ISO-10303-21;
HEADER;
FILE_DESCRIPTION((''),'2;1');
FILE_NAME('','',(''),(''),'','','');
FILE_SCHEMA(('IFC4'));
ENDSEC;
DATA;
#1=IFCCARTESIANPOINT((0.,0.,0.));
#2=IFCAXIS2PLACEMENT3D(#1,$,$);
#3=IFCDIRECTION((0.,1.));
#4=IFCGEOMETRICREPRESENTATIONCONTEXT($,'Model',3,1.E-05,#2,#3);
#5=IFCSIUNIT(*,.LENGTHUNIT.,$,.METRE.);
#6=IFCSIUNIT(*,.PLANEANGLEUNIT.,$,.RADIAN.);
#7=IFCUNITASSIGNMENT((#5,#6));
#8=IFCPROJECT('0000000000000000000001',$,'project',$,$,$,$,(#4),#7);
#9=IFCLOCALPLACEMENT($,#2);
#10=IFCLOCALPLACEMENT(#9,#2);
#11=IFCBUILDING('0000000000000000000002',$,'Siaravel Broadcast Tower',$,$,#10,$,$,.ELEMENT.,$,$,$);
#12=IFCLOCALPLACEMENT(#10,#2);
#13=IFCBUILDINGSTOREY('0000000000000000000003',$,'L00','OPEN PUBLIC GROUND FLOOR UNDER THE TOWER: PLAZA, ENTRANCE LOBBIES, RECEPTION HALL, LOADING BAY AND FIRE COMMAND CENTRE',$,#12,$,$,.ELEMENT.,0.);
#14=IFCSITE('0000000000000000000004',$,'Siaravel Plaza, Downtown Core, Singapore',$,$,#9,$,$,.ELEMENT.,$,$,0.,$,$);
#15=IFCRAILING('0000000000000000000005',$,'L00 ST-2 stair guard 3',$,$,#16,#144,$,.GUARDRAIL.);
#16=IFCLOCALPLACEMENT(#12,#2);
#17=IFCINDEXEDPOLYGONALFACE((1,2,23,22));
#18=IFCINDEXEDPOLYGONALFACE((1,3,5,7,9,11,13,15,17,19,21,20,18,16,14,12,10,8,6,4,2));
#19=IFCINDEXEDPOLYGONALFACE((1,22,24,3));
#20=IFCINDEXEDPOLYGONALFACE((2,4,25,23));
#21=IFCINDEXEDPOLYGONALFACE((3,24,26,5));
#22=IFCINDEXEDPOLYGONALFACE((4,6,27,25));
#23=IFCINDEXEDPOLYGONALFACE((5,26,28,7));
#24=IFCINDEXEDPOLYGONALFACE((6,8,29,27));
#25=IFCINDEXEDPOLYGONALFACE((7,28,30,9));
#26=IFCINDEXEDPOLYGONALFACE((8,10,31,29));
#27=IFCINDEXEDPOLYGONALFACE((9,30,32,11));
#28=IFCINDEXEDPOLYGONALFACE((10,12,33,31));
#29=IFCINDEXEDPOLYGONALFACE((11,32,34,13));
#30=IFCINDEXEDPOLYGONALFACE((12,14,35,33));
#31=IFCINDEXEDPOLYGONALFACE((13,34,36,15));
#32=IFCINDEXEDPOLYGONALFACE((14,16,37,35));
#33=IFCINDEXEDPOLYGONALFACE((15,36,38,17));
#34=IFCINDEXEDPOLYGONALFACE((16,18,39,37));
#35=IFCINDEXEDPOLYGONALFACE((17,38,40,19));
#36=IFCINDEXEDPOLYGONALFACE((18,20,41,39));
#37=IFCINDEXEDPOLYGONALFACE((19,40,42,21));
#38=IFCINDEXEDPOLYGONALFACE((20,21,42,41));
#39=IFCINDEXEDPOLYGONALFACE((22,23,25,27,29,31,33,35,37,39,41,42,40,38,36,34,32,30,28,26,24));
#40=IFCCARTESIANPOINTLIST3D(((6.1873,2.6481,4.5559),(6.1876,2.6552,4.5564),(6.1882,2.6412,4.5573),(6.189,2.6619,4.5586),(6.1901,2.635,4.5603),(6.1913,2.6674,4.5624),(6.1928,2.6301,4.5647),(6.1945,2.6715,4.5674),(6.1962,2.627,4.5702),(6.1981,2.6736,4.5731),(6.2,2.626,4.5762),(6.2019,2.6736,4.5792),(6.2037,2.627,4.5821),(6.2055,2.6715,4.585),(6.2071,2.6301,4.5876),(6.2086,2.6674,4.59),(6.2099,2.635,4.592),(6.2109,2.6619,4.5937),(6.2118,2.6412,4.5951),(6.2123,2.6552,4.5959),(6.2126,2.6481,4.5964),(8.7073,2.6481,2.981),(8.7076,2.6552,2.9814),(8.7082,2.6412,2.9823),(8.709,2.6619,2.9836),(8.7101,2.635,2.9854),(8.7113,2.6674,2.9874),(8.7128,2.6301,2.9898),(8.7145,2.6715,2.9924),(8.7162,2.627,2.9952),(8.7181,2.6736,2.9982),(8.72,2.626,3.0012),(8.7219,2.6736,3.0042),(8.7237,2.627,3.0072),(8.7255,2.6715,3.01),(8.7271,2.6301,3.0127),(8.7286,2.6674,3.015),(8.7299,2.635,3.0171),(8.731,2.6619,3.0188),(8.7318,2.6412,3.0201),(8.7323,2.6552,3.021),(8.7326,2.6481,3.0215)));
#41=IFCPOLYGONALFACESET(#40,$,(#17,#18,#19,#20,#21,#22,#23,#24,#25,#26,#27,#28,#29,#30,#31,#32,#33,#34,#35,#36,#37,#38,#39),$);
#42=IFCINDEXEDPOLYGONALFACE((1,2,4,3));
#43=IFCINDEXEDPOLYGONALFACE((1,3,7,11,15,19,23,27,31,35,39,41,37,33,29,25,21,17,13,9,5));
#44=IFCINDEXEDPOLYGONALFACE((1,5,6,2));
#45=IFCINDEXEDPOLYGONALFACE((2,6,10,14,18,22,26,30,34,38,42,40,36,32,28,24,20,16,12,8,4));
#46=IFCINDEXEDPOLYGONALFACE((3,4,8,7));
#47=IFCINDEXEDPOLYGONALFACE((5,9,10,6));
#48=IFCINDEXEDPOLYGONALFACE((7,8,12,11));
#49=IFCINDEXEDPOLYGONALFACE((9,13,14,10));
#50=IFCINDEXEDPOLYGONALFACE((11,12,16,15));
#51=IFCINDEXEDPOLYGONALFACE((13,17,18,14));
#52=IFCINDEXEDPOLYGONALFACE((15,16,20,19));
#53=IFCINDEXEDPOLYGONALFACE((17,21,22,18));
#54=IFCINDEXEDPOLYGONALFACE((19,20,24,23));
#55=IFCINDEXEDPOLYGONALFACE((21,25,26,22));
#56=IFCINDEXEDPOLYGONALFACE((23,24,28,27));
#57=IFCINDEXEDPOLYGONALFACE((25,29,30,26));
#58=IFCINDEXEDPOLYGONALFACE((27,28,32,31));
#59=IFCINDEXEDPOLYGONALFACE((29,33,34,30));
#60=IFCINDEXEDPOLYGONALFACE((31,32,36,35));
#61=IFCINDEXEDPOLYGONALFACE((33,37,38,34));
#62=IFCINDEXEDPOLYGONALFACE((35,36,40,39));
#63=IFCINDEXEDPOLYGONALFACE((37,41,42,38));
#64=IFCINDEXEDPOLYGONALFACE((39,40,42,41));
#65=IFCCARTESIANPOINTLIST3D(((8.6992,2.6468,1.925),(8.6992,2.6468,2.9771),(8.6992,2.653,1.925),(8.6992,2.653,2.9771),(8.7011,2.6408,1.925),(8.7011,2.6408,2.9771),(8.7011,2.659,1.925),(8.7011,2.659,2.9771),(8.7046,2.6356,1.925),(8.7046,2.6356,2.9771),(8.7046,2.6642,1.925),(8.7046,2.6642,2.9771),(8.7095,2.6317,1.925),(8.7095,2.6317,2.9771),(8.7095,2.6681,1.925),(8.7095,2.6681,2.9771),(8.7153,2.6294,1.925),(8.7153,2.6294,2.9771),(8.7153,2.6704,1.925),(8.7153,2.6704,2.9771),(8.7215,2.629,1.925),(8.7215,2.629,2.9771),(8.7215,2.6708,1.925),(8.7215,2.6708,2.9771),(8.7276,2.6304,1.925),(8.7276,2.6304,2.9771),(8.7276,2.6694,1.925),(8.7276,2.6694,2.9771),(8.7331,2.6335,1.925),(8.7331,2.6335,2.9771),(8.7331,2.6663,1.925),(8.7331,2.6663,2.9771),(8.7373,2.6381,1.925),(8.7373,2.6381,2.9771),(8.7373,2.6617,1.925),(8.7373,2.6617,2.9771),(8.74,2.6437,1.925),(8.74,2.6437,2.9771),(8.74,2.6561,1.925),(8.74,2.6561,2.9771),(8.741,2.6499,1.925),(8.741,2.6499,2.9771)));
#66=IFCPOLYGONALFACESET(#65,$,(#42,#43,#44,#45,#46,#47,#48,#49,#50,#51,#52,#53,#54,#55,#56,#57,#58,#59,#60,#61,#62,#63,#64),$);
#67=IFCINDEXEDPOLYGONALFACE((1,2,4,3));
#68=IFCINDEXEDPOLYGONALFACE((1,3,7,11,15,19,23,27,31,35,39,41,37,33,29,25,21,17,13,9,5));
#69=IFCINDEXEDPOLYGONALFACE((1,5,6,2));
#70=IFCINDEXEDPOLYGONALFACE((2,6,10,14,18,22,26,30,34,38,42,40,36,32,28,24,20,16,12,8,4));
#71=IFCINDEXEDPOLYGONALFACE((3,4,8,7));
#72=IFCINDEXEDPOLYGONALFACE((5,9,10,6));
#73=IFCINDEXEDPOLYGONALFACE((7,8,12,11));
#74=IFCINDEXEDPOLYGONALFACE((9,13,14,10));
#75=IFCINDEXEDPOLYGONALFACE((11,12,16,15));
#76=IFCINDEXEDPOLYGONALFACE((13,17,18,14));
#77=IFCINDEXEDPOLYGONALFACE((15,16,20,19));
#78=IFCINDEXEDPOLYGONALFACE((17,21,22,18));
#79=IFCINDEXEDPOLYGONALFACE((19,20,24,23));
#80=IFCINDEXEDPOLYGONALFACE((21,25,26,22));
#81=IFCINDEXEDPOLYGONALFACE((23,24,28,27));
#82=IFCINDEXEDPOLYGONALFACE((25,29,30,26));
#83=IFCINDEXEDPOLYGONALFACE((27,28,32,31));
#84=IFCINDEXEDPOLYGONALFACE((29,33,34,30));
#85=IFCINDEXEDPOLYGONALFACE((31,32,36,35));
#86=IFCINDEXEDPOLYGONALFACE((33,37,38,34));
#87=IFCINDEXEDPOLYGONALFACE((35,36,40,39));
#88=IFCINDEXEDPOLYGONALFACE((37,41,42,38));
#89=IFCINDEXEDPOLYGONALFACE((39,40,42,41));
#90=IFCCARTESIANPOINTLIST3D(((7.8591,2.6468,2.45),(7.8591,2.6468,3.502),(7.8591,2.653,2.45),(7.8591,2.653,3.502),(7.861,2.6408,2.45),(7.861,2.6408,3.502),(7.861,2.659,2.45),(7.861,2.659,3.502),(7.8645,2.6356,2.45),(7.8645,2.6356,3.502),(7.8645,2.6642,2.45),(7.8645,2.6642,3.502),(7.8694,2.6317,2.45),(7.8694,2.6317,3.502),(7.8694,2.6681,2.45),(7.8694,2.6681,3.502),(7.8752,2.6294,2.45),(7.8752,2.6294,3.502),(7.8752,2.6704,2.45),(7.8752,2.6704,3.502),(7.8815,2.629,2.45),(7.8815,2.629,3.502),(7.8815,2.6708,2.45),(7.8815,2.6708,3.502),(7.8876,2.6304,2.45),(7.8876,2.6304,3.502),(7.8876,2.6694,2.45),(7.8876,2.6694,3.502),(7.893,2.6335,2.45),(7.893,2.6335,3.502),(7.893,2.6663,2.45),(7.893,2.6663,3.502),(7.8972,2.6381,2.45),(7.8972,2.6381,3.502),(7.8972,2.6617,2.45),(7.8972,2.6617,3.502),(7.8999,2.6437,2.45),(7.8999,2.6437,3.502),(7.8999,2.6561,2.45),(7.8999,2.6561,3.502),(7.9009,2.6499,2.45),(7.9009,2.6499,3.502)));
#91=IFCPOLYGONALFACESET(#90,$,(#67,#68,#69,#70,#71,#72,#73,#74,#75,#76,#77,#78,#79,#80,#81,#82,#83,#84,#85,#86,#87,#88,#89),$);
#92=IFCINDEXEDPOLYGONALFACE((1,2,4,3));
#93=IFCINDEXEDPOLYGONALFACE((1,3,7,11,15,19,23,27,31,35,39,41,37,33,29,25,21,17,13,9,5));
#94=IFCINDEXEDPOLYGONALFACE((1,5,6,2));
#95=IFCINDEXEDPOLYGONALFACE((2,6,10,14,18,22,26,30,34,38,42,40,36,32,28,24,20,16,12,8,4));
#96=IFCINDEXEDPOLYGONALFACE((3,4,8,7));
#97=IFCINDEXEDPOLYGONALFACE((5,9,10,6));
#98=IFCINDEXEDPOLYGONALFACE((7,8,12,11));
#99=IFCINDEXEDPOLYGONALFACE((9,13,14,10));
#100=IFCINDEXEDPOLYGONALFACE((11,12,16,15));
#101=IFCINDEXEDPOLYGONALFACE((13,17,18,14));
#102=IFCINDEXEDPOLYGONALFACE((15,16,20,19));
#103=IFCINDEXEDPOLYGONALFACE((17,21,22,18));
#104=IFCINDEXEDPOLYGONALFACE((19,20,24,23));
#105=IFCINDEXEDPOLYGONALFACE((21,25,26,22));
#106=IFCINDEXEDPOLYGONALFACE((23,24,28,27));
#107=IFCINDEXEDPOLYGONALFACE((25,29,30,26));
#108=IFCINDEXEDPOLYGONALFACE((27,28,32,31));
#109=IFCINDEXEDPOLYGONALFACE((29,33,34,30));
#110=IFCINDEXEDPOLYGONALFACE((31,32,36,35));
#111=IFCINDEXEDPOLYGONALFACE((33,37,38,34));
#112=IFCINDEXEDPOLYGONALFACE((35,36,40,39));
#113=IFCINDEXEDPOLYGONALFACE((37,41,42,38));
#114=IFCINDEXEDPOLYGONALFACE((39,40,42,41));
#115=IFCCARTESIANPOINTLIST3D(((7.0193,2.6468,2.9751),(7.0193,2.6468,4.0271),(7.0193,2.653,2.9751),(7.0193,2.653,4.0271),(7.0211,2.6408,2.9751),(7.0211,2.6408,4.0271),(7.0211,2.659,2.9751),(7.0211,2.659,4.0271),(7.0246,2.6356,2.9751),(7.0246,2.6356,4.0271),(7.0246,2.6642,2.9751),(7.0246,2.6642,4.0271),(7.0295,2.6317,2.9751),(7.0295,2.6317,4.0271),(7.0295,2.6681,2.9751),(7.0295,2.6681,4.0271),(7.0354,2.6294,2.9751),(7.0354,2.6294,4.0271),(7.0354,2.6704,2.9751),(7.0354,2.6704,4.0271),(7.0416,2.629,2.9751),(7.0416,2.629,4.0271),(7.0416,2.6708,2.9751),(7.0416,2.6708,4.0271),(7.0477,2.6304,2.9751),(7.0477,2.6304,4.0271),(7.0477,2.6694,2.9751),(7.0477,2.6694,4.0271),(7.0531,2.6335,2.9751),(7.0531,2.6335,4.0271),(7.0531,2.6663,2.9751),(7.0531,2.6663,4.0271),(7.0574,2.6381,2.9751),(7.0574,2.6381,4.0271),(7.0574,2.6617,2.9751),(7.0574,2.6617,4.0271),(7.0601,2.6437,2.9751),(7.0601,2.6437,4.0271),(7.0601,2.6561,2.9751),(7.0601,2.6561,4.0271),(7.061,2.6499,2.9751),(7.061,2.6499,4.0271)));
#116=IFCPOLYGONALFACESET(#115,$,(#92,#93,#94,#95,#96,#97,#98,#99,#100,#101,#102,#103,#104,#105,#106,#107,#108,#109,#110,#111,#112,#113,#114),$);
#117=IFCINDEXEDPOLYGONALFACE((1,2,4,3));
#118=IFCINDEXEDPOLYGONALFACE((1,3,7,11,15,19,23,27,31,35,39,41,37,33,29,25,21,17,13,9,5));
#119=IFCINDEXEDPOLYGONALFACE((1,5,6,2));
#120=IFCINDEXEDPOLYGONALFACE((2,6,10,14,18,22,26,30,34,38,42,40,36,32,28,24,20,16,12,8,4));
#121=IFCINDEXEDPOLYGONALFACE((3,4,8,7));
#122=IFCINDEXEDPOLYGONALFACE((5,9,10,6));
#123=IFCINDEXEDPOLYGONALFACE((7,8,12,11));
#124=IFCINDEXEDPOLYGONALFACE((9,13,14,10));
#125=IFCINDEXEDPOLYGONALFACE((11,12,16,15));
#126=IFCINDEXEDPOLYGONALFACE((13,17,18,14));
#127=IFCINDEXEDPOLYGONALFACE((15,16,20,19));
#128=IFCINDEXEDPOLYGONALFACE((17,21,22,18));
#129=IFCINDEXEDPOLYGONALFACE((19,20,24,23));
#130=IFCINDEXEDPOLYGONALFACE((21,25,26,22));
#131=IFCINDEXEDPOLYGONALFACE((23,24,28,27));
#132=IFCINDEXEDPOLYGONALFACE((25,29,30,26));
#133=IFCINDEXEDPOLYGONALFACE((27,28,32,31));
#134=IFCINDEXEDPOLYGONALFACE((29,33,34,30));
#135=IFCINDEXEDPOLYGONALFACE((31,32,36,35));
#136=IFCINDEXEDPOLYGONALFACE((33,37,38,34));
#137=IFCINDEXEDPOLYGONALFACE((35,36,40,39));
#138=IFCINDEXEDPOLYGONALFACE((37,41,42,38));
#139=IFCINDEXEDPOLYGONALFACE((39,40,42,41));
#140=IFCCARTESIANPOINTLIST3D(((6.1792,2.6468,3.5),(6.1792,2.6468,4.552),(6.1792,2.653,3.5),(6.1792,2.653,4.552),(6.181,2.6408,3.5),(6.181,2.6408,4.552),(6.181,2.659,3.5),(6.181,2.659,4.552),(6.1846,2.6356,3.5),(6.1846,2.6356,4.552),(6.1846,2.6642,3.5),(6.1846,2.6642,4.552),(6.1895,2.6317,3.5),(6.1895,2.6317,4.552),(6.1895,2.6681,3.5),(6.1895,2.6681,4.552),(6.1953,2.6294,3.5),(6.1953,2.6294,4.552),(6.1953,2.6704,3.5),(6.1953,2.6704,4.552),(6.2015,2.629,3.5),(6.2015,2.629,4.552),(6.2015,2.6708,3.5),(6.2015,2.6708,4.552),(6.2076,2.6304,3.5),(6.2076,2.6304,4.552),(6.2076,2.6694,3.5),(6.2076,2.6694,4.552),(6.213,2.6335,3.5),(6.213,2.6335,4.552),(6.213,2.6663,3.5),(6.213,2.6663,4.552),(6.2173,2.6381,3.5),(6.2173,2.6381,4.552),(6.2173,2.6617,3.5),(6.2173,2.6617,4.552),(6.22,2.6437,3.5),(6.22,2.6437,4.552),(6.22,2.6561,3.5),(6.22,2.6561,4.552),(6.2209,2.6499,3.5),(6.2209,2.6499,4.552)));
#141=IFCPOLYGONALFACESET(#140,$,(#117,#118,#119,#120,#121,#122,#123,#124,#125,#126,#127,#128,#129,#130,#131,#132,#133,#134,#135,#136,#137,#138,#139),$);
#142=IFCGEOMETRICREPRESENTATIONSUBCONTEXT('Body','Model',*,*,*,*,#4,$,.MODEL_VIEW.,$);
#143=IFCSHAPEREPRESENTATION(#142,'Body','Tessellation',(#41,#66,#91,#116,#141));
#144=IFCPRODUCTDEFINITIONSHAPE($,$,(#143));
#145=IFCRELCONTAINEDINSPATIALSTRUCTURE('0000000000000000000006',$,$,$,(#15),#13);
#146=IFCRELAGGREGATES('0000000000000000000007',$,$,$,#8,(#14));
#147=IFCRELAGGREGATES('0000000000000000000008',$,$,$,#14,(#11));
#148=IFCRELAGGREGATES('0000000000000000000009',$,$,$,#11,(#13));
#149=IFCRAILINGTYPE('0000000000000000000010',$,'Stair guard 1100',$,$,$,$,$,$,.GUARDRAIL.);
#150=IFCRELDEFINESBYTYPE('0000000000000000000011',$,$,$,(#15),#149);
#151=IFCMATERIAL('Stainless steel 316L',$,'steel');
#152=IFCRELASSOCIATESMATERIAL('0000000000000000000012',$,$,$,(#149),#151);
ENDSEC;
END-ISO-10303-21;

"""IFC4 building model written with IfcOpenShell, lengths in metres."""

from ifc_helpers import new_model, si_unit, direction, frame, origin, origin_2d, place, context, subcontext, project, spatial, circle, extrude, material, type_object, element, save


model = new_model("IFC4")

# Units and contexts
model_context = context("Model", 3, precision=1e-05, world=origin(), true_north=direction((0.0, 1.0)))
body_context = subcontext(model_context, "Body", "Model", "MODEL_VIEW")
ifc_project = project(units=[si_unit("LENGTHUNIT", "METRE"), si_unit("PLANEANGLEUNIT", "RADIAN")], contexts=[model_context])

# Site, building, storey
site_placement = place(None, origin())
site = spatial("IfcSite", under=ifc_project, at=site_placement, Name="Siaravel Plaza, Downtown Core, Singapore", CompositionType="ELEMENT", RefElevation=0.0)
building_placement = place(site_placement, origin())
building = spatial("IfcBuilding", under=site, at=building_placement, Name="Siaravel Broadcast Tower", CompositionType="ELEMENT")
storey_placement = place(building_placement, origin())
storey = spatial("IfcBuildingStorey", under=building, at=storey_placement, Name="L00", Description="OPEN PUBLIC GROUND FLOOR UNDER THE TOWER: PLAZA, ENTRANCE LOBBIES, RECEPTION HALL, LOADING BAY AND FIRE COMMAND CENTRE", CompositionType="ELEMENT", Elevation=0.0)

# Railing
ifc_material_1 = material(Name="Stainless steel 316L", Category="steel")
railing_type = type_object("IfcRailingType", Name="Stair guard 1100", PredefinedType="GUARDRAIL", material=ifc_material_1)
railing_1_placement = place(storey_placement, frame((8.72, 2.6499, 1.925)))
element("IfcRailing", 1, at=railing_1_placement, inside=storey, type_object=railing_type, Name="L00 ST-2 stair guard 3", PredefinedType="GUARDRAIL", context=body_context, shape_type="SweptSolid", body=[
    extrude(circle(Radius=0.0239, at=origin_2d()), frame((0.0, 0.0, 1.0762), z_axis=(-0.848008, 0.0, 0.529984), x_axis=(0.0, -1.0, 0.0)), (0.0, 0.0, 1.0), 2.9717),
    extrude(circle(Radius=0.021, at=origin_2d()), origin(), (0.0, 0.0, 1.0), 1.052),
    extrude(circle(Radius=0.021, at=origin_2d()), frame((-0.8401, 0.0, 0.5249)), (0.0, 0.0, 1.0), 1.052),
    extrude(circle(Radius=0.021, at=origin_2d()), frame((-1.6799, 0.0, 1.05)), (0.0, 0.0, 1.0), 1.052),
    extrude(circle(Radius=0.021, at=origin_2d()), frame((-2.52, 0.0, 1.575)), (0.0, 0.0, 1.0), 1.052),
])

save(model, "model.ifc")
